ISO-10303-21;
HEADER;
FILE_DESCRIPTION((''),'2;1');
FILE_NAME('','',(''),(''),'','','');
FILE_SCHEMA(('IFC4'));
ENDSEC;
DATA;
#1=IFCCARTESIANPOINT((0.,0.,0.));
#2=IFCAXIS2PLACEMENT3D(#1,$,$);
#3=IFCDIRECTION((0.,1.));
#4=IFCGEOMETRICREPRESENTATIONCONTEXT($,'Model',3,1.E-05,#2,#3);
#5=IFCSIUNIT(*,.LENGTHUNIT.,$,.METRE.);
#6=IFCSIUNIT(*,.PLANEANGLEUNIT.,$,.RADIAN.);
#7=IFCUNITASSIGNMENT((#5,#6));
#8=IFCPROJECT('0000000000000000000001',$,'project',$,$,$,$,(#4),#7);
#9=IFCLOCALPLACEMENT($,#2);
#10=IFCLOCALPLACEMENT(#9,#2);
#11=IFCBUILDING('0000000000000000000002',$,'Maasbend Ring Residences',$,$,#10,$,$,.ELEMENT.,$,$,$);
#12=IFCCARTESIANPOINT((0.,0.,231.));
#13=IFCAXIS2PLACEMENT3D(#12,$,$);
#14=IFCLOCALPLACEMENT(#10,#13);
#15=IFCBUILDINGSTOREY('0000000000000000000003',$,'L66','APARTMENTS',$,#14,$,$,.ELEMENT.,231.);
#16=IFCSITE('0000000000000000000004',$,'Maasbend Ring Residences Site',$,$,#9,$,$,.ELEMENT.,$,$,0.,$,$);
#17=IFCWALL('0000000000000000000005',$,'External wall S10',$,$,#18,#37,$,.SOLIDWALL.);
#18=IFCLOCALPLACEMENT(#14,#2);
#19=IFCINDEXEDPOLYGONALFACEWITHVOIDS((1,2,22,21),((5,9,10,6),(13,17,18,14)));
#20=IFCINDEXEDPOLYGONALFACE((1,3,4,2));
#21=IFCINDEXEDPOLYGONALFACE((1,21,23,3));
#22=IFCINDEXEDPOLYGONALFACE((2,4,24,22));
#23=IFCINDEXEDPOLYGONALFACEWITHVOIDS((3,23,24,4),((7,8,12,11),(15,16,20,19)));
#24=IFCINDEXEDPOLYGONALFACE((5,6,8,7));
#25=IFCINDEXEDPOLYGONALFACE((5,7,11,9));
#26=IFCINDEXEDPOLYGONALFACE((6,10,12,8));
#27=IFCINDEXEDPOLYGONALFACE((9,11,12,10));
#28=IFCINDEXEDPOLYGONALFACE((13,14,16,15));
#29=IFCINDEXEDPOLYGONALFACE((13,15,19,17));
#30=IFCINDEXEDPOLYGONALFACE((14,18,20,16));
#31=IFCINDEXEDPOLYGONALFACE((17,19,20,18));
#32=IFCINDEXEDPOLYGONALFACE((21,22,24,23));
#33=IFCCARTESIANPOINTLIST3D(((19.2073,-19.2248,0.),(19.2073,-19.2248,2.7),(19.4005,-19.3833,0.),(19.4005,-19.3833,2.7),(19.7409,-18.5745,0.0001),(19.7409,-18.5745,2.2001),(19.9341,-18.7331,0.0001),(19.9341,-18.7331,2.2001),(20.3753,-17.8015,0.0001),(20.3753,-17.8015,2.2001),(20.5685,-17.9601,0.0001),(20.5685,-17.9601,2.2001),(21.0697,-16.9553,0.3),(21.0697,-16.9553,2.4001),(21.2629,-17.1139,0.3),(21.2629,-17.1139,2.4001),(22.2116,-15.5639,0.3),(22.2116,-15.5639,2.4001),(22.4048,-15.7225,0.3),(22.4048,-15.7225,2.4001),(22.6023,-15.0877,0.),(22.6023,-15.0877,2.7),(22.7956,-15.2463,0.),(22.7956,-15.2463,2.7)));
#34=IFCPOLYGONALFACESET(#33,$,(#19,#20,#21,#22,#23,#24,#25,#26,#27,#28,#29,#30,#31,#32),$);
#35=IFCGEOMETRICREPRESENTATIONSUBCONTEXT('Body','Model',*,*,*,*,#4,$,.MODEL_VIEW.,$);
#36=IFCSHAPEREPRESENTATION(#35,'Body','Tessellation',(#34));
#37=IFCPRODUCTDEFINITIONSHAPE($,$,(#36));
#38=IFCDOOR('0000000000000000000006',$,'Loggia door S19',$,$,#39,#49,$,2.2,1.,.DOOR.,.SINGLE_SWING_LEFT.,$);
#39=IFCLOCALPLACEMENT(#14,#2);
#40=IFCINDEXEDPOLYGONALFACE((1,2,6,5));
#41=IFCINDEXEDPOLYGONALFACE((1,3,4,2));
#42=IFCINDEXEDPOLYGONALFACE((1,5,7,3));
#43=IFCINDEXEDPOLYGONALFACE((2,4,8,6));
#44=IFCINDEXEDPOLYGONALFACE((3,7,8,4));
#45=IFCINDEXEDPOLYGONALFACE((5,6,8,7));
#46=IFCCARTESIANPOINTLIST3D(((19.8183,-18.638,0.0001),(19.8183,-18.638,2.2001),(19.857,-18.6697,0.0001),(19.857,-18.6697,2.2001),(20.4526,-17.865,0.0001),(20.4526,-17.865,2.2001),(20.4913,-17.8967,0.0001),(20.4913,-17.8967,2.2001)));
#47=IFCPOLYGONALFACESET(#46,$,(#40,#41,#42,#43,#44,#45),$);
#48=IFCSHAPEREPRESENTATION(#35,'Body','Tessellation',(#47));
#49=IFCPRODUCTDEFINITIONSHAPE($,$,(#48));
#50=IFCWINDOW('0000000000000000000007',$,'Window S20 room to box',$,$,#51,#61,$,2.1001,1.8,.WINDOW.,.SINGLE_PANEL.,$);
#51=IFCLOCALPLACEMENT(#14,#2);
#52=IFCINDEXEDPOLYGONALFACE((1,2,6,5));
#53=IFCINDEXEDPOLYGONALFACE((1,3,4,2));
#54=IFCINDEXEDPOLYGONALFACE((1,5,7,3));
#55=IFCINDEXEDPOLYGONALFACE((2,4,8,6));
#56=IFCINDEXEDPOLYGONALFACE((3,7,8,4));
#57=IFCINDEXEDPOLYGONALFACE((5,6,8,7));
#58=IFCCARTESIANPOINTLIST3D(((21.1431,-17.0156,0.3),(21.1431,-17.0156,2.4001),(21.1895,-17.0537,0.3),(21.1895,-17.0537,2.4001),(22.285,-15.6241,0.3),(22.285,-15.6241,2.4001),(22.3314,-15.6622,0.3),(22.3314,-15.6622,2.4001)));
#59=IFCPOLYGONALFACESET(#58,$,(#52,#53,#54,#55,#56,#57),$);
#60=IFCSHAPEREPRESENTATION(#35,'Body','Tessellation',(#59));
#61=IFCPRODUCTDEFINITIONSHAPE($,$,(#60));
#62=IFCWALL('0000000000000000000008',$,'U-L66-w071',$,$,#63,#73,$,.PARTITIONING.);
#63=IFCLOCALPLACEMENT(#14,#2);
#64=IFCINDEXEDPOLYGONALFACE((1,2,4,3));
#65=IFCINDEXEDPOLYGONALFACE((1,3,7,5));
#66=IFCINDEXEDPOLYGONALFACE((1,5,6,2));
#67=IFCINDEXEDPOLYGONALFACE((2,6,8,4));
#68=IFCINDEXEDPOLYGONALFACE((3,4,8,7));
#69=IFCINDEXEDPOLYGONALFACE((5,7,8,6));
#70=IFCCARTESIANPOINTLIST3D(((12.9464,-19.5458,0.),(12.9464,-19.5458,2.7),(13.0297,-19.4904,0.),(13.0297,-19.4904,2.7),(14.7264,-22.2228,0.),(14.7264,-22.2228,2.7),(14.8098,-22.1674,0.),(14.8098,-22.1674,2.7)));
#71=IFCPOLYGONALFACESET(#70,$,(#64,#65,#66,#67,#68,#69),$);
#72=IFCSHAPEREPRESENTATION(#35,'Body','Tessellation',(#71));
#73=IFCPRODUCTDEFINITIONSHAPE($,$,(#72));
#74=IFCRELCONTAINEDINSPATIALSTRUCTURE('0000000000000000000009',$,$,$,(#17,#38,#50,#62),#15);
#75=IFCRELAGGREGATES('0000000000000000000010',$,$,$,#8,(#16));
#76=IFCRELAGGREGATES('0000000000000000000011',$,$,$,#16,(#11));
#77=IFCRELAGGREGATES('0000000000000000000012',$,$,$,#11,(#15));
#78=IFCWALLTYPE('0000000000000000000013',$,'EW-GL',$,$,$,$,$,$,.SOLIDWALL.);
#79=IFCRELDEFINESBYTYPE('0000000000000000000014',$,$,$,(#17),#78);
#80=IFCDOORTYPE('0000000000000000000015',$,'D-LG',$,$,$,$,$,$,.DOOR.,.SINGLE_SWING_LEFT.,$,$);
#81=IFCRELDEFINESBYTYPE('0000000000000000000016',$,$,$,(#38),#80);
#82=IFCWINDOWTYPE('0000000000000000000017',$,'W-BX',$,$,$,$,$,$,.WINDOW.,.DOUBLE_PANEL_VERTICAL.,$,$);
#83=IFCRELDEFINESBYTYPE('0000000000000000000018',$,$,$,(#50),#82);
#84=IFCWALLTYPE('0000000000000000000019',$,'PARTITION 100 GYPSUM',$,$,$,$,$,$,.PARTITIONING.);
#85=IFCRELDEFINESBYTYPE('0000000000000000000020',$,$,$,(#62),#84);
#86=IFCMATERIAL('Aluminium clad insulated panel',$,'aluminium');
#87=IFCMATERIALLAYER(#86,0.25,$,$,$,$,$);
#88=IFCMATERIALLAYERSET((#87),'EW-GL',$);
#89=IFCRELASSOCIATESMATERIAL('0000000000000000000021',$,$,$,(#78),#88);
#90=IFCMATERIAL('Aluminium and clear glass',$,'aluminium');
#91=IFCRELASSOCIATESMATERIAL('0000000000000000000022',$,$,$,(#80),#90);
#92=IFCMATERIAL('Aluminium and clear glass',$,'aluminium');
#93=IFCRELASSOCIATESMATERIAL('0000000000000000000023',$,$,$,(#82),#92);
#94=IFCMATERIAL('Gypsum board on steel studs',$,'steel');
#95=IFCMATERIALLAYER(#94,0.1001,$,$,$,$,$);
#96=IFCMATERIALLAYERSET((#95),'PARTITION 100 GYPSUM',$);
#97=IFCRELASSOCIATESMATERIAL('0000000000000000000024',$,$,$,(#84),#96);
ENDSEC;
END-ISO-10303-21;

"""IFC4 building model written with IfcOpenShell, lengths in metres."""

from ifc_helpers import new_model, si_unit, direction, frame, frame_2d, origin, place, context, subcontext, project, spatial, rectangle, extrude, material, layer, layer_set, type_object, element, fill, save


model = new_model("IFC4")

# Units and contexts
model_context = context("Model", 3, precision=1e-05, world=origin(), true_north=direction((0.0, 1.0)))
body_context = subcontext(model_context, "Body", "Model", "MODEL_VIEW")
ifc_project = project(units=[si_unit("LENGTHUNIT", "METRE"), si_unit("PLANEANGLEUNIT", "RADIAN")], contexts=[model_context])

# Site, building, storey
site_placement = place(None, origin())
site = spatial("IfcSite", under=ifc_project, at=site_placement, Name="Maasbend Ring Residences Site", CompositionType="ELEMENT", RefElevation=0.0)
building_placement = place(site_placement, origin())
building = spatial("IfcBuilding", under=site, at=building_placement, Name="Maasbend Ring Residences", CompositionType="ELEMENT")
storey_placement = place(building_placement, frame((0.0, 0.0, 231.0)))
storey = spatial("IfcBuildingStorey", under=building, at=storey_placement, Name="L66", Description="APARTMENTS", CompositionType="ELEMENT", Elevation=231.0)

# Wall, openings, door, window
ifc_material_1 = material(Name="Aluminium clad insulated panel", Category="aluminium")
ifc_layer_1 = layer(ifc_material_1, 0.25)
ifc_layer_set_1 = layer_set([ifc_layer_1], Name="EW-GL")
wall_type_1 = type_object("IfcWallType", Name="EW-GL", PredefinedType="SOLIDWALL", material=ifc_layer_set_1)
ifc_material_2 = material(Name="Aluminium and clear glass", Category="aluminium")
door_type = type_object("IfcDoorType", Name="D-LG", OperationType="SINGLE_SWING_LEFT", PredefinedType="DOOR", material=ifc_material_2)
ifc_material_3 = material(Name="Aluminium and clear glass", Category="aluminium")
window_type_1 = type_object("IfcWindowType", Name="W-BX", PartitioningType="DOUBLE_PANEL_VERTICAL", PredefinedType="WINDOW", material=ifc_material_3)
wall_1_placement = place(storey_placement, frame((19.304, -19.304, 0.0), z_axis=(0.0, 0.0, 1.0), x_axis=(0.634382, 0.773019, 0.0)))
wall_1 = element("IfcWall", 1, at=wall_1_placement, inside=storey, type_object=wall_type_1, Name="External wall S10", PredefinedType="SOLIDWALL", context=body_context, shape_type="SweptSolid", body=[
    extrude(rectangle(XDim=5.3518, YDim=0.25, at=frame_2d((2.6758, 0.0))), origin(), (0.0, 0.0, 1.0), 2.7),
])
opening_1_placement = place(wall_1_placement, frame((0.8411, 0.0, 0.0)))
opening_1 = element("IfcOpeningElement", 2, at=opening_1_placement, cuts=wall_1, PredefinedType="OPENING", context=body_context, shape_type="SweptSolid", body=[
    extrude(rectangle(XDim=1.0, YDim=2.2, at=frame_2d((0.5, 1.1001))), frame((0.0, 0.135, 0.0), z_axis=(0.0, -1.0, 0.0), x_axis=(1.0, 0.0, 0.0)), (0.0, 0.0, 1.0), 0.27),
])
opening_2_placement = place(wall_1_placement, frame((2.9358, 0.0, 0.3)))
opening_2 = element("IfcOpeningElement", 3, at=opening_2_placement, cuts=wall_1, PredefinedType="OPENING", context=body_context, shape_type="SweptSolid", body=[
    extrude(rectangle(XDim=1.8, YDim=2.1001, at=frame_2d((0.8999, 1.05))), frame((0.0, 0.135, 0.0), z_axis=(0.0, -1.0, 0.0), x_axis=(1.0, 0.0, 0.0)), (0.0, 0.0, 1.0), 0.27),
])
door_1_placement = place(opening_1_placement, origin())
door_1 = element("IfcDoor", 4, at=door_1_placement, inside=storey, type_object=door_type, Name="Loggia door S19", OperationType="SINGLE_SWING_LEFT", OverallHeight=2.2, OverallWidth=1.0, PredefinedType="DOOR", context=body_context, shape_type="SweptSolid", body=[
    extrude(rectangle(XDim=1.0, YDim=2.2, at=frame_2d((0.5, 1.1001))), frame((0.0, 0.0249, 0.0), z_axis=(0.0, -1.0, 0.0), x_axis=(1.0, 0.0, 0.0)), (0.0, 0.0, 1.0), 0.05),
])
fill(opening_1, door_1)
window_1_placement = place(opening_2_placement, origin())
window_1 = element("IfcWindow", 5, at=window_1_placement, inside=storey, type_object=window_type_1, Name="Window S20 room to box", OverallHeight=2.1001, OverallWidth=1.8, PartitioningType="SINGLE_PANEL", PredefinedType="WINDOW", context=body_context, shape_type="SweptSolid", body=[
    extrude(rectangle(XDim=1.8, YDim=2.1001, at=frame_2d((0.8999, 1.05))), frame((0.0, 0.03, 0.0), z_axis=(0.0, -1.0, 0.0), x_axis=(1.0, 0.0, 0.0)), (0.0, 0.0, 1.0), 0.0601),
])
fill(opening_2, window_1)

# Wall
ifc_material_4 = material(Name="Gypsum board on steel studs", Category="steel")
ifc_layer_2 = layer(ifc_material_4, 0.1001)
ifc_layer_set_2 = layer_set([ifc_layer_2], Name="PARTITION 100 GYPSUM")
wall_type_2 = type_object("IfcWallType", Name="PARTITION 100 GYPSUM", PredefinedType="PARTITIONING", material=ifc_layer_set_2)
wall_2_placement = place(storey_placement, frame((12.988, -19.5181, 0.0), z_axis=(0.0, 0.0, 1.0), x_axis=(0.553701, -0.832716, 0.0)))
element("IfcWall", 6, at=wall_2_placement, inside=storey, type_object=wall_type_2, Name="U-L66-w071", PredefinedType="PARTITIONING", context=body_context, shape_type="SweptSolid", body=[
    extrude(rectangle(XDim=3.2148, YDim=0.1001, at=frame_2d((1.6074, 0.0))), origin(), (0.0, 0.0, 1.0), 2.7),
])

save(model, "model.ifc")
